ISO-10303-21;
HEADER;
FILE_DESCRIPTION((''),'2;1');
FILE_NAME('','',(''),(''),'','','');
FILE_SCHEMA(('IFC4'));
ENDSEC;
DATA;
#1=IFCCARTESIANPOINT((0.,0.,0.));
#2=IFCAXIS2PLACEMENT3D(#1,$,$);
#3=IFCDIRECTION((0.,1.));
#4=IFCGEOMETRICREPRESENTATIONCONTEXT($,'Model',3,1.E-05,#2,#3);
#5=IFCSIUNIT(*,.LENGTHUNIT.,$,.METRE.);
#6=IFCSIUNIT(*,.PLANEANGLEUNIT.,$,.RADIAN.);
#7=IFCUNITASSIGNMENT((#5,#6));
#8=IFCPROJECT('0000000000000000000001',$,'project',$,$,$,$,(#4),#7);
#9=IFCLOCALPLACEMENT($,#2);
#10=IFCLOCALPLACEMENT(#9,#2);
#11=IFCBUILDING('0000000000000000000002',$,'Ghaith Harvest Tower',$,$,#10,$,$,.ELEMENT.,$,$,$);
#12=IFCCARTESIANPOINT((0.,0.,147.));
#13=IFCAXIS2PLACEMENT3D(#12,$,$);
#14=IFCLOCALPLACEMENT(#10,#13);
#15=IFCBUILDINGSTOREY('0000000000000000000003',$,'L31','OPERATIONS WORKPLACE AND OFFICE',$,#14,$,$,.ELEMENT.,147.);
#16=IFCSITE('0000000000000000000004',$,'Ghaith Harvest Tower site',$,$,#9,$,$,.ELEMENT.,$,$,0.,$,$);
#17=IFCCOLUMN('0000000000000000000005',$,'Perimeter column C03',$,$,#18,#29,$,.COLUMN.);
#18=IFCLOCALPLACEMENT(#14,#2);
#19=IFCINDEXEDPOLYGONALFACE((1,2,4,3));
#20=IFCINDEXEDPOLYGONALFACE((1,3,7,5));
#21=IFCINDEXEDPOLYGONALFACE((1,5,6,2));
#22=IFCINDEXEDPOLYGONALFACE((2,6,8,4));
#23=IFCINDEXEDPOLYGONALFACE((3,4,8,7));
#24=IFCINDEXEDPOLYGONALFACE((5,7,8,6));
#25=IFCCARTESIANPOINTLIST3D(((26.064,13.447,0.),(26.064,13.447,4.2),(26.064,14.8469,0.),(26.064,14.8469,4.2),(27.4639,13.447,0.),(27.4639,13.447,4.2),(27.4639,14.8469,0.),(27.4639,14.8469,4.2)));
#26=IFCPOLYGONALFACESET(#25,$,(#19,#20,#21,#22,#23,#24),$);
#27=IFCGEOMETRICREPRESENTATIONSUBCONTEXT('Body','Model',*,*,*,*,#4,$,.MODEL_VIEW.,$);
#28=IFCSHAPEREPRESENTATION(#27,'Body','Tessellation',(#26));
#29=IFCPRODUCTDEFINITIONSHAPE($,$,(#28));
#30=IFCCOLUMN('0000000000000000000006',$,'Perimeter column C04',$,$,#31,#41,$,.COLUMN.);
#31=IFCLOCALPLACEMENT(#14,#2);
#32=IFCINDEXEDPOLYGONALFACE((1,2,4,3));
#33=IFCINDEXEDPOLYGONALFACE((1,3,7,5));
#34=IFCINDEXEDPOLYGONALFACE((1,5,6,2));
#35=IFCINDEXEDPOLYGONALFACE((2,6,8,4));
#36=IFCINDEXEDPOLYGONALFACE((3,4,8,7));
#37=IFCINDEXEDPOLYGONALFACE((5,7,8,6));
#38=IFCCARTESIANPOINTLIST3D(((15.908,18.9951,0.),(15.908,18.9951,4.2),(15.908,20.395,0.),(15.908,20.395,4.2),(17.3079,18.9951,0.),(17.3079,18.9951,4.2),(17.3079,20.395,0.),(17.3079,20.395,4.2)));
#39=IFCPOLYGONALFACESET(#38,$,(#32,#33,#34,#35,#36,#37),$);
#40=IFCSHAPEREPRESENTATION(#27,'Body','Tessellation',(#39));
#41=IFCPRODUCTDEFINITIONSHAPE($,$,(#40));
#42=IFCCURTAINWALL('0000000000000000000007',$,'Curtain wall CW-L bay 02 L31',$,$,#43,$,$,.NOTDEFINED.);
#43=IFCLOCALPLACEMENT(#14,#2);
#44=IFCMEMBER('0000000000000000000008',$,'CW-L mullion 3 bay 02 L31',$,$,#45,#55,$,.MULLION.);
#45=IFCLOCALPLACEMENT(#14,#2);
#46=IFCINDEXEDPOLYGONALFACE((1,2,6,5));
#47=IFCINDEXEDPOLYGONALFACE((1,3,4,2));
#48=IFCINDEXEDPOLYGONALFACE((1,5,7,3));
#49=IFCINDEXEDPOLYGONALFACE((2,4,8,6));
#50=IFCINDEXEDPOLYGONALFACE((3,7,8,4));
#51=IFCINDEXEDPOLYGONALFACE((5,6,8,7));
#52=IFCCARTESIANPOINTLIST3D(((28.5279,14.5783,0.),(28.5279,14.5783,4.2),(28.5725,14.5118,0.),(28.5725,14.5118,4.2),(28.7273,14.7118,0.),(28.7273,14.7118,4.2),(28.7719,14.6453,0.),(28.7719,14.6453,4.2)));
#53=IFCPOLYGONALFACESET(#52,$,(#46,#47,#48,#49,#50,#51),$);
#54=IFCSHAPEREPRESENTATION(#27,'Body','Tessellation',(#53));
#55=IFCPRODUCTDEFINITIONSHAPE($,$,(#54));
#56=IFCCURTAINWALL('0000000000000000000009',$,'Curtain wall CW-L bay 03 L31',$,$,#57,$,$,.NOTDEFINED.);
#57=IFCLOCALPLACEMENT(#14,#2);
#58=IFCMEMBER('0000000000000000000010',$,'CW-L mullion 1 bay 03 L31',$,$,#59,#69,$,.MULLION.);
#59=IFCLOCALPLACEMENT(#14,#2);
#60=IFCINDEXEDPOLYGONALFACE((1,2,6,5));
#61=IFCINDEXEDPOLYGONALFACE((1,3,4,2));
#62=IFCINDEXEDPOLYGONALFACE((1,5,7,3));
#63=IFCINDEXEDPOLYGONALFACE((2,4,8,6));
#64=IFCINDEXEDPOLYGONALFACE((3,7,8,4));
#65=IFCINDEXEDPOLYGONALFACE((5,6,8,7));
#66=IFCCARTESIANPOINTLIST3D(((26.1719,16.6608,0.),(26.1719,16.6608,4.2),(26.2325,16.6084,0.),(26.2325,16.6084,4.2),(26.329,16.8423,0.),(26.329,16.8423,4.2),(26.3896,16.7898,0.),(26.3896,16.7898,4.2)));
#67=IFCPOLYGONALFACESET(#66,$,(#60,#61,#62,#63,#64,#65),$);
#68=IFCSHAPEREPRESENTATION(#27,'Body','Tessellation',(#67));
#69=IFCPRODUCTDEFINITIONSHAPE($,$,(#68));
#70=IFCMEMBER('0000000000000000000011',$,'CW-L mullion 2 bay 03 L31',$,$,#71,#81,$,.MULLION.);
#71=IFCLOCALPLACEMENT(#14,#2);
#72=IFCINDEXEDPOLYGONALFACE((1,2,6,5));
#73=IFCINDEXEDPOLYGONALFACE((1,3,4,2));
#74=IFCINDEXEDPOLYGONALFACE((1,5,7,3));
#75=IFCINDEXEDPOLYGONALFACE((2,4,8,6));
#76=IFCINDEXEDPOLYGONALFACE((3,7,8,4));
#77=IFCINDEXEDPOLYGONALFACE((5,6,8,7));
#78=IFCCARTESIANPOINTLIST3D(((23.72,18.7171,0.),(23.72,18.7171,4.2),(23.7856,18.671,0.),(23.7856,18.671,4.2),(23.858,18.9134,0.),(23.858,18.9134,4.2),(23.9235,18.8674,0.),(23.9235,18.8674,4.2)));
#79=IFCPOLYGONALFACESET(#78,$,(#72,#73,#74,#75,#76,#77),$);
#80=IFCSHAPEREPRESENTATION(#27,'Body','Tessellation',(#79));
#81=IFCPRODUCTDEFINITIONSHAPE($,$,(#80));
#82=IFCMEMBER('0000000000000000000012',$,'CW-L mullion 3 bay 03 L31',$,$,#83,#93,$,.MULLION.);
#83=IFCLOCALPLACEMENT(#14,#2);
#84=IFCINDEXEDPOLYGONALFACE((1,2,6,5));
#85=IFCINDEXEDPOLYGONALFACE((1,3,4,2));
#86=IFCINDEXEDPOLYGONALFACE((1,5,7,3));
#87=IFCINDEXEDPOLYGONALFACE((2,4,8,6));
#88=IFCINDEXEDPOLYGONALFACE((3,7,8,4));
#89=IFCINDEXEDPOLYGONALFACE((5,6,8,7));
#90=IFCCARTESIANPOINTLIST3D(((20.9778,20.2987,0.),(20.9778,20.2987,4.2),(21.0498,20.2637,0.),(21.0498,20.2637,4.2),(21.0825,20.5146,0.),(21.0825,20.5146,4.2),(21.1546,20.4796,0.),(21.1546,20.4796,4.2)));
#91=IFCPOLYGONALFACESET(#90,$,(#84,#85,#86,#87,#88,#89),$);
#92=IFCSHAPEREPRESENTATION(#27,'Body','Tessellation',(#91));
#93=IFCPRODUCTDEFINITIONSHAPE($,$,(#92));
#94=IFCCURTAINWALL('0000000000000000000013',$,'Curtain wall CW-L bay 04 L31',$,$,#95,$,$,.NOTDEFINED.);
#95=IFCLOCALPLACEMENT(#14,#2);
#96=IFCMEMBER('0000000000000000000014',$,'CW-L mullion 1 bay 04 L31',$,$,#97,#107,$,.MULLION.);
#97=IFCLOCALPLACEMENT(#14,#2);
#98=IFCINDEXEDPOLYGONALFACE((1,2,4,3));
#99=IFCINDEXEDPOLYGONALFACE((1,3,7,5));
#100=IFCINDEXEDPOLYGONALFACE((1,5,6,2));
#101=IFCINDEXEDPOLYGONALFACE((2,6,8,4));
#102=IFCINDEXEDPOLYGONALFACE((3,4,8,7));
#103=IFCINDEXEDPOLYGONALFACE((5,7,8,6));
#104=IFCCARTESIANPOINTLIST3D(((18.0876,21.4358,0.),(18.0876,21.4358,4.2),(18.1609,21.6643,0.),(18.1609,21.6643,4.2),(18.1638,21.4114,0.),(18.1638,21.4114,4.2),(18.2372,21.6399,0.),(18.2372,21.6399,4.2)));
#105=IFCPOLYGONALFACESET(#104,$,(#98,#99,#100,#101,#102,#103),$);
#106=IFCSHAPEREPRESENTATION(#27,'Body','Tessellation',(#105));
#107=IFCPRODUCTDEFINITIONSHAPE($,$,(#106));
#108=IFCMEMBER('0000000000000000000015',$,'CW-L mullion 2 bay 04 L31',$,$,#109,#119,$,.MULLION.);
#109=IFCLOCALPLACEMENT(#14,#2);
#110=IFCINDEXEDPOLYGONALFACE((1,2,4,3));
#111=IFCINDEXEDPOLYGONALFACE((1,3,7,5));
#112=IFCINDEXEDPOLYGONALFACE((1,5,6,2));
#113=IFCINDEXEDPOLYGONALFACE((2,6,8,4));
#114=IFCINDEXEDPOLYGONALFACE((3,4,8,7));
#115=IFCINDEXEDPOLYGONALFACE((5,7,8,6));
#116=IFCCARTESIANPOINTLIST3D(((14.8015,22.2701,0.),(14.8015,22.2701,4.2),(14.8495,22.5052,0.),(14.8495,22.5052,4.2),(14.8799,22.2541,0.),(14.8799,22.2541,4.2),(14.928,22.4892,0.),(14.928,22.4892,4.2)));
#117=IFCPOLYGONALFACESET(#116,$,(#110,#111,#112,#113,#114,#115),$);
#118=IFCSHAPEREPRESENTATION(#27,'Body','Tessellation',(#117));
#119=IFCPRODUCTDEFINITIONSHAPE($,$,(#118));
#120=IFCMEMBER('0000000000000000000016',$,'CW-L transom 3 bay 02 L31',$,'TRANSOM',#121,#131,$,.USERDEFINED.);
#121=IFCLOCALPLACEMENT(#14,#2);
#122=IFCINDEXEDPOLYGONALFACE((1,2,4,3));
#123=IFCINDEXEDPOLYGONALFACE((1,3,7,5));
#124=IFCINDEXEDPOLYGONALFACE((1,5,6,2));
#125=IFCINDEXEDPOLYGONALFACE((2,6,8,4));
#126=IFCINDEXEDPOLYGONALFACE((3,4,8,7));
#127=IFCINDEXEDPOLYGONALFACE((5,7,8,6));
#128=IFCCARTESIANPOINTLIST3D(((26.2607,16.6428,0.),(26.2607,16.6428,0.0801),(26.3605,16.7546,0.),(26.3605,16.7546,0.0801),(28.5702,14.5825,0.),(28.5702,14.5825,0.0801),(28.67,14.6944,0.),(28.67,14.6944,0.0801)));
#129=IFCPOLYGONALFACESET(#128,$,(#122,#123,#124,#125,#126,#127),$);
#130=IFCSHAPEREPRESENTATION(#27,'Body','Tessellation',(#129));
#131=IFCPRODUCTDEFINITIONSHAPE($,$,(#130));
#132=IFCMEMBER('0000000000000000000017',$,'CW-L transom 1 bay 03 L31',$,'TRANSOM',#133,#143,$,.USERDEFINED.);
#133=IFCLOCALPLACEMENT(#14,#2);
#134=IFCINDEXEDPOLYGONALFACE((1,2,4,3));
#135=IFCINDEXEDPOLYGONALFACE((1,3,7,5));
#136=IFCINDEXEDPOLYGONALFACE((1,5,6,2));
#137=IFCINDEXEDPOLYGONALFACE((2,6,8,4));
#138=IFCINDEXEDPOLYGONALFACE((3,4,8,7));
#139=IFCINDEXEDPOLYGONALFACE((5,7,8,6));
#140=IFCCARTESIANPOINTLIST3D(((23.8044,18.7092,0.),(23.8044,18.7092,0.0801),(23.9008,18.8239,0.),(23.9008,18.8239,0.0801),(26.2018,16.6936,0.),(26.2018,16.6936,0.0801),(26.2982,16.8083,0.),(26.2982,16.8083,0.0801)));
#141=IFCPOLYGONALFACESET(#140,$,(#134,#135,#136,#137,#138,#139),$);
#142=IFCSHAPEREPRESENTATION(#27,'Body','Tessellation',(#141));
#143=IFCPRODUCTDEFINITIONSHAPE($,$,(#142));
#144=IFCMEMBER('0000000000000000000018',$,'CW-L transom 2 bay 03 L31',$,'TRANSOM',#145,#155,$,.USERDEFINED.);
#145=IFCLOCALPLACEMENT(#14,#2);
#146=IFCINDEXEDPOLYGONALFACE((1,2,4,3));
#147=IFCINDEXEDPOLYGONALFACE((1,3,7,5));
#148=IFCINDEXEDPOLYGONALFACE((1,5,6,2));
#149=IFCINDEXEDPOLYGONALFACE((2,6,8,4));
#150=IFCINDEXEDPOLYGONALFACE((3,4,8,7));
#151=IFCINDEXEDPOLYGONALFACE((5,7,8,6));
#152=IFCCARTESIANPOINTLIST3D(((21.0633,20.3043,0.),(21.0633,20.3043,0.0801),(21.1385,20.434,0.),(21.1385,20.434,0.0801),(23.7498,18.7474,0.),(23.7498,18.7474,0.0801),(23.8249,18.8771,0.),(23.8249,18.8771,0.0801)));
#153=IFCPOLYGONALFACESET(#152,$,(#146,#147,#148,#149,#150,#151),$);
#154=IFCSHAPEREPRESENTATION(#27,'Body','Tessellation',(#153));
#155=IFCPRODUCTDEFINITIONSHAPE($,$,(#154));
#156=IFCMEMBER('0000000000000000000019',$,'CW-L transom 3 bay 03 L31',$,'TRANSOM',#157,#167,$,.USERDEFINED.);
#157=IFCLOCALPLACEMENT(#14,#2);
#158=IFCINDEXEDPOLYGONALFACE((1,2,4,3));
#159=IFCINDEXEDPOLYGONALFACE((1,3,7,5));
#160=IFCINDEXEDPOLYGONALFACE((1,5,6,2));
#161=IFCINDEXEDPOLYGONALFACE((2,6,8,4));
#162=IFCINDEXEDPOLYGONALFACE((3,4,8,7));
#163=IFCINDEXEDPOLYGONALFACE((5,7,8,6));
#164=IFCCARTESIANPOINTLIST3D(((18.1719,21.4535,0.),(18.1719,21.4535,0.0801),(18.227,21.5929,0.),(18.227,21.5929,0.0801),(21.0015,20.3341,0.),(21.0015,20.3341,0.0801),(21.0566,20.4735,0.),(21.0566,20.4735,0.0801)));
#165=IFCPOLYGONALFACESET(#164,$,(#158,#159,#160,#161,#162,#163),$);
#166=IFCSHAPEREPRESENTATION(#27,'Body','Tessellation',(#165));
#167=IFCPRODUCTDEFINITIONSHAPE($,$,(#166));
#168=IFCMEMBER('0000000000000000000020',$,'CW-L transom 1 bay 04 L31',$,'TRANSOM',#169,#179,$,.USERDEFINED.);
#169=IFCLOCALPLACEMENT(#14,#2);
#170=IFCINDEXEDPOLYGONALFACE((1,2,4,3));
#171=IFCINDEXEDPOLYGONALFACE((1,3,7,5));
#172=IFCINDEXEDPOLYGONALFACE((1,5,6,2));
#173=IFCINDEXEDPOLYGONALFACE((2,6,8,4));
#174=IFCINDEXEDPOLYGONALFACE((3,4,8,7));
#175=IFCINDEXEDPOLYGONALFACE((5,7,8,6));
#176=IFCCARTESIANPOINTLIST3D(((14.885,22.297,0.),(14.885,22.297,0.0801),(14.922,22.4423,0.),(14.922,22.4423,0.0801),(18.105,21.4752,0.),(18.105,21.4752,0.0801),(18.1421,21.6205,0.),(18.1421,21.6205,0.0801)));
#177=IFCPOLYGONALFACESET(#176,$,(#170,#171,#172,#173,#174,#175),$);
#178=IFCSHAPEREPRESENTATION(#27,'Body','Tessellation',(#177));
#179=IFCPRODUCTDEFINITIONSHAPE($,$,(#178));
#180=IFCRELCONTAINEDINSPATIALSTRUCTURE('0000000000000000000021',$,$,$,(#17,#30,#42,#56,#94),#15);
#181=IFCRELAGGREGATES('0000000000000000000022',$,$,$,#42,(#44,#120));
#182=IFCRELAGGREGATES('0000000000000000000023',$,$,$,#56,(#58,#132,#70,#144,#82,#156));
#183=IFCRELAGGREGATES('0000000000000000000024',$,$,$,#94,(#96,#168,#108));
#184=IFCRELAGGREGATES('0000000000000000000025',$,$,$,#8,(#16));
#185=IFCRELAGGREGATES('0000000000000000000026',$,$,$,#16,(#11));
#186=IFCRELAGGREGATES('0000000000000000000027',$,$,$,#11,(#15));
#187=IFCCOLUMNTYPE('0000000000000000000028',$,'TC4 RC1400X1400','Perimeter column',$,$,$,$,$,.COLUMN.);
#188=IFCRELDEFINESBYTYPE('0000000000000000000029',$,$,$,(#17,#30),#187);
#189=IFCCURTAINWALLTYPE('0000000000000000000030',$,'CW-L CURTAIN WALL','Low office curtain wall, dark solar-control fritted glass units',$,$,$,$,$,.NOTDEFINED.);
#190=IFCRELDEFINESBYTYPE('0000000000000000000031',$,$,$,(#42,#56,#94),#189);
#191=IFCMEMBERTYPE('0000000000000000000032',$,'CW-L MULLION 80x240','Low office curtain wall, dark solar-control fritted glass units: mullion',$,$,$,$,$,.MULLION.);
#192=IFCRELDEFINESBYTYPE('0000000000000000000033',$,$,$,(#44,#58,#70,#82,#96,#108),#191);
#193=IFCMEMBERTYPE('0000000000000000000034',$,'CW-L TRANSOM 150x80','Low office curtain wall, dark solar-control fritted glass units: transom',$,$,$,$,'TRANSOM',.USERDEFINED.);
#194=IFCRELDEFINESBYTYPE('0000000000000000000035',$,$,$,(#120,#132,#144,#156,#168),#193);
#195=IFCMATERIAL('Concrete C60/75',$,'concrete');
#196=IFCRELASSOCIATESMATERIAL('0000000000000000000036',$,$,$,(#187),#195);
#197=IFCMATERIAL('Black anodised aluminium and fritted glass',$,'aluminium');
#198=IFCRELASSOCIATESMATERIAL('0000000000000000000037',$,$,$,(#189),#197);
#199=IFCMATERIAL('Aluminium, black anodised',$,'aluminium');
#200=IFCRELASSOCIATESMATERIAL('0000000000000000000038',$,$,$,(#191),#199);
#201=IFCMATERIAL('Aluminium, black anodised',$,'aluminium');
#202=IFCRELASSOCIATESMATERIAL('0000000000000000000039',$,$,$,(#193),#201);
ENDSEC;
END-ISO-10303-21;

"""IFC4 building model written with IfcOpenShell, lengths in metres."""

from ifc_helpers import new_model, si_unit, direction, frame, origin, origin_2d, place, context, subcontext, project, spatial, rectangle, extrude, material, material_profile, profile_set, type_object, element, aggregate, save


model = new_model("IFC4")

# Units and contexts
model_context = context("Model", 3, precision=1e-05, world=origin(), true_north=direction((0.0, 1.0)))
body_context = subcontext(model_context, "Body", "Model", "MODEL_VIEW")
ifc_project = project(units=[si_unit("LENGTHUNIT", "METRE"), si_unit("PLANEANGLEUNIT", "RADIAN")], contexts=[model_context])

# Site, building, storey
site_placement = place(None, origin())
site = spatial("IfcSite", under=ifc_project, at=site_placement, Name="Ghaith Harvest Tower site", CompositionType="ELEMENT", RefElevation=0.0)
building_placement = place(site_placement, origin())
building = spatial("IfcBuilding", under=site, at=building_placement, Name="Ghaith Harvest Tower", CompositionType="ELEMENT")
storey_placement = place(building_placement, frame((0.0, 0.0, 147.0)))
storey = spatial("IfcBuildingStorey", under=building, at=storey_placement, Name="L31", Description="OPERATIONS WORKPLACE AND OFFICE", CompositionType="ELEMENT", Elevation=147.0)

# Columns
ifc_material_1 = material(Name="Concrete C60/75", Category="concrete")
ifc_material_profile_1 = material_profile(ifc_material_1, rectangle(XDim=1.3999, YDim=1.3999, at=origin_2d()), Name="RC1400X1400")
ifc_profile_set_1 = profile_set([ifc_material_profile_1], Name="Concrete C60/75")
column_type = type_object("IfcColumnType", Name="TC4 RC1400X1400", Description="Perimeter column", PredefinedType="COLUMN", material=ifc_profile_set_1)
for number, where, z_axis, x_axis, name in (
    (1, (26.7639, 14.147, 0.0), (0.0, 0.0, 1.0), (1.0, 0.0, 0.0), "Perimeter column C03"),
    (2, (16.6079, 19.6951, 0.0), (0.0, 0.0, 1.0), (1.0, 0.0, 0.0), "Perimeter column C04"),
):
    element("IfcColumn", number, at=place(storey_placement, frame(where, z_axis=z_axis, x_axis=x_axis)), inside=storey, type_object=column_type, Name=name, PredefinedType="COLUMN", context=body_context, shape_type="SweptSolid", body=[
        extrude(rectangle(XDim=1.3999, YDim=1.3999, at=origin_2d()), origin(), (0.0, 0.0, 1.0), 4.2),
    ])

# Curtain wall, member
ifc_material_2 = material(Name="Black anodised aluminium and fritted glass", Category="aluminium")
curtain_wall_type = type_object("IfcCurtainWallType", Name="CW-L CURTAIN WALL", Description="Low office curtain wall, dark solar-control fritted glass units", PredefinedType="NOTDEFINED", material=ifc_material_2)
curtain_wall_1_placement = place(storey_placement, origin())
curtain_wall_1 = element("IfcCurtainWall", 3, at=curtain_wall_1_placement, inside=storey, type_object=curtain_wall_type, Name="Curtain wall CW-L bay 02 L31", PredefinedType="NOTDEFINED")
ifc_material_3 = material(Name="Aluminium, black anodised", Category="aluminium")
ifc_material_profile_2 = material_profile(ifc_material_3, rectangle(XDim=0.0801, YDim=0.24, at=origin_2d()), Name="CW-L MULLION 80x240")
ifc_profile_set_2 = profile_set([ifc_material_profile_2], Name="Aluminium, black anodised")
member_type_1 = type_object("IfcMemberType", Name="CW-L MULLION 80x240", Description="Low office curtain wall, dark solar-control fritted glass units: mullion", PredefinedType="MULLION", material=ifc_profile_set_2)
member_1_placement = place(storey_placement, frame((28.6499, 14.6118, 0.0), z_axis=(0.0, 0.0, 1.0), x_axis=(-0.556324, 0.830965, 0.0)))
member_1 = element("IfcMember", 4, at=member_1_placement, type_object=member_type_1, Name="CW-L mullion 3 bay 02 L31", PredefinedType="MULLION", context=body_context, shape_type="SweptSolid", body=[
    extrude(rectangle(XDim=0.0801, YDim=0.24, at=origin_2d()), origin(), (0.0, 0.0, 1.0), 4.2),
])

# Curtain walls, members
curtain_wall_2_placement = place(storey_placement, origin())
curtain_wall_2 = element("IfcCurtainWall", 5, at=curtain_wall_2_placement, inside=storey, type_object=curtain_wall_type, Name="Curtain wall CW-L bay 03 L31", PredefinedType="NOTDEFINED")
member_2_placement = place(storey_placement, frame((26.2808, 16.7253, 0.0), z_axis=(0.0, 0.0, 1.0), x_axis=(-0.755999, 0.654572, 0.0)))
member_2 = element("IfcMember", 6, at=member_2_placement, type_object=member_type_1, Name="CW-L mullion 1 bay 03 L31", PredefinedType="MULLION", context=body_context, shape_type="SweptSolid", body=[
    extrude(rectangle(XDim=0.0801, YDim=0.24, at=origin_2d()), origin(), (0.0, 0.0, 1.0), 4.2),
])
member_3_placement = place(storey_placement, frame((23.8218, 18.7922, 0.0), z_axis=(0.0, 0.0, 1.0), x_axis=(-0.818229, 0.574893, 0.0)))
member_3 = element("IfcMember", 7, at=member_3_placement, type_object=member_type_1, Name="CW-L mullion 2 bay 03 L31", PredefinedType="MULLION", context=body_context, shape_type="SweptSolid", body=[
    extrude(rectangle(XDim=0.0801, YDim=0.24, at=origin_2d()), origin(), (0.0, 0.0, 1.0), 4.2),
])
member_4_placement = place(storey_placement, frame((21.0662, 20.3892, 0.0), z_axis=(0.0, 0.0, 1.0), x_axis=(-0.899713, 0.436481, 0.0)))
member_4 = element("IfcMember", 8, at=member_4_placement, type_object=member_type_1, Name="CW-L mullion 3 bay 03 L31", PredefinedType="MULLION", context=body_context, shape_type="SweptSolid", body=[
    extrude(rectangle(XDim=0.0801, YDim=0.24, at=origin_2d()), origin(), (0.0, 0.0, 1.0), 4.2),
])
curtain_wall_3_placement = place(storey_placement, origin())
curtain_wall_3 = element("IfcCurtainWall", 9, at=curtain_wall_3_placement, inside=storey, type_object=curtain_wall_type, Name="Curtain wall CW-L bay 04 L31", PredefinedType="NOTDEFINED")
member_5_placement = place(storey_placement, frame((18.1624, 21.5378, 0.0), z_axis=(0.0, 0.0, 1.0), x_axis=(-0.952152, 0.305624, 0.0)))
member_5 = element("IfcMember", 10, at=member_5_placement, type_object=member_type_1, Name="CW-L mullion 1 bay 04 L31", PredefinedType="MULLION", context=body_context, shape_type="SweptSolid", body=[
    extrude(rectangle(XDim=0.0801, YDim=0.24, at=origin_2d()), origin(), (0.0, 0.0, 1.0), 4.2),
])
member_6_placement = place(storey_placement, frame((14.8647, 22.3796, 0.0), z_axis=(0.0, 0.0, 1.0), x_axis=(-0.979752, 0.200215, 0.0)))
member_6 = element("IfcMember", 11, at=member_6_placement, type_object=member_type_1, Name="CW-L mullion 2 bay 04 L31", PredefinedType="MULLION", context=body_context, shape_type="SweptSolid", body=[
    extrude(rectangle(XDim=0.0801, YDim=0.24, at=origin_2d()), origin(), (0.0, 0.0, 1.0), 4.2),
])

# Members
ifc_material_4 = material(Name="Aluminium, black anodised", Category="aluminium")
ifc_material_profile_3 = material_profile(ifc_material_4, rectangle(XDim=0.1499, YDim=0.0801, at=origin_2d()), Name="CW-L TRANSOM 150x80")
ifc_profile_set_3 = profile_set([ifc_material_profile_3], Name="Aluminium, black anodised")
member_type_2 = type_object("IfcMemberType", Name="CW-L TRANSOM 150x80", Description="Low office curtain wall, dark solar-control fritted glass units: transom", ElementType="TRANSOM", PredefinedType="USERDEFINED", material=ifc_profile_set_3)
member_7_placement = place(storey_placement, frame((28.6201, 14.6384, 0.04), z_axis=(-0.746229, 0.66569, 0.0), x_axis=(-0.66569, -0.746229, 0.0)))
member_7 = element("IfcMember", 12, at=member_7_placement, type_object=member_type_2, Name="CW-L transom 3 bay 02 L31", ObjectType="TRANSOM", PredefinedType="USERDEFINED", context=body_context, shape_type="SweptSolid", body=[
    extrude(rectangle(XDim=0.1499, YDim=0.0801, at=origin_2d()), origin(), (0.0, 0.0, 1.0), 3.095),
])
member_8_placement = place(storey_placement, frame((26.25, 16.751, 0.04), z_axis=(-0.765428, 0.643521, 0.0), x_axis=(-0.643521, -0.765428, 0.0)))
member_8 = element("IfcMember", 13, at=member_8_placement, type_object=member_type_2, Name="CW-L transom 1 bay 03 L31", ObjectType="TRANSOM", PredefinedType="USERDEFINED", context=body_context, shape_type="SweptSolid", body=[
    extrude(rectangle(XDim=0.1499, YDim=0.0801, at=origin_2d()), origin(), (0.0, 0.0, 1.0), 3.1321),
])
member_9_placement = place(storey_placement, frame((23.7874, 18.8123, 0.04), z_axis=(-0.865213, 0.501405, 0.0), x_axis=(-0.501405, -0.865213, 0.0)))
member_9 = element("IfcMember", 14, at=member_9_placement, type_object=member_type_2, Name="CW-L transom 2 bay 03 L31", ObjectType="TRANSOM", PredefinedType="USERDEFINED", context=body_context, shape_type="SweptSolid", body=[
    extrude(rectangle(XDim=0.1499, YDim=0.0801, at=origin_2d()), origin(), (0.0, 0.0, 1.0), 3.105),
])
member_10_placement = place(storey_placement, frame((21.0291, 20.4038, 0.04), z_axis=(-0.929881, 0.367861, 0.0), x_axis=(-0.367861, -0.929881, 0.0)))
member_10 = element("IfcMember", 15, at=member_10_placement, type_object=member_type_2, Name="CW-L transom 3 bay 03 L31", ObjectType="TRANSOM", PredefinedType="USERDEFINED", context=body_context, shape_type="SweptSolid", body=[
    extrude(rectangle(XDim=0.1499, YDim=0.0801, at=origin_2d()), origin(), (0.0, 0.0, 1.0), 3.043),
])
member_11_placement = place(storey_placement, frame((18.1235, 21.5479, 0.04), z_axis=(-0.968942, 0.247286, 0.0), x_axis=(-0.247286, -0.968942, 0.0)))
member_11 = element("IfcMember", 16, at=member_11_placement, type_object=member_type_2, Name="CW-L transom 1 bay 04 L31", ObjectType="TRANSOM", PredefinedType="USERDEFINED", context=body_context, shape_type="SweptSolid", body=[
    extrude(rectangle(XDim=0.1499, YDim=0.0801, at=origin_2d()), origin(), (0.0, 0.0, 1.0), 3.3232),
])

aggregate(curtain_wall_1, [member_1, member_7])
aggregate(curtain_wall_2, [member_2, member_8, member_3, member_9, member_4, member_10])
aggregate(curtain_wall_3, [member_5, member_11, member_6])

save(model, "model.ifc")
